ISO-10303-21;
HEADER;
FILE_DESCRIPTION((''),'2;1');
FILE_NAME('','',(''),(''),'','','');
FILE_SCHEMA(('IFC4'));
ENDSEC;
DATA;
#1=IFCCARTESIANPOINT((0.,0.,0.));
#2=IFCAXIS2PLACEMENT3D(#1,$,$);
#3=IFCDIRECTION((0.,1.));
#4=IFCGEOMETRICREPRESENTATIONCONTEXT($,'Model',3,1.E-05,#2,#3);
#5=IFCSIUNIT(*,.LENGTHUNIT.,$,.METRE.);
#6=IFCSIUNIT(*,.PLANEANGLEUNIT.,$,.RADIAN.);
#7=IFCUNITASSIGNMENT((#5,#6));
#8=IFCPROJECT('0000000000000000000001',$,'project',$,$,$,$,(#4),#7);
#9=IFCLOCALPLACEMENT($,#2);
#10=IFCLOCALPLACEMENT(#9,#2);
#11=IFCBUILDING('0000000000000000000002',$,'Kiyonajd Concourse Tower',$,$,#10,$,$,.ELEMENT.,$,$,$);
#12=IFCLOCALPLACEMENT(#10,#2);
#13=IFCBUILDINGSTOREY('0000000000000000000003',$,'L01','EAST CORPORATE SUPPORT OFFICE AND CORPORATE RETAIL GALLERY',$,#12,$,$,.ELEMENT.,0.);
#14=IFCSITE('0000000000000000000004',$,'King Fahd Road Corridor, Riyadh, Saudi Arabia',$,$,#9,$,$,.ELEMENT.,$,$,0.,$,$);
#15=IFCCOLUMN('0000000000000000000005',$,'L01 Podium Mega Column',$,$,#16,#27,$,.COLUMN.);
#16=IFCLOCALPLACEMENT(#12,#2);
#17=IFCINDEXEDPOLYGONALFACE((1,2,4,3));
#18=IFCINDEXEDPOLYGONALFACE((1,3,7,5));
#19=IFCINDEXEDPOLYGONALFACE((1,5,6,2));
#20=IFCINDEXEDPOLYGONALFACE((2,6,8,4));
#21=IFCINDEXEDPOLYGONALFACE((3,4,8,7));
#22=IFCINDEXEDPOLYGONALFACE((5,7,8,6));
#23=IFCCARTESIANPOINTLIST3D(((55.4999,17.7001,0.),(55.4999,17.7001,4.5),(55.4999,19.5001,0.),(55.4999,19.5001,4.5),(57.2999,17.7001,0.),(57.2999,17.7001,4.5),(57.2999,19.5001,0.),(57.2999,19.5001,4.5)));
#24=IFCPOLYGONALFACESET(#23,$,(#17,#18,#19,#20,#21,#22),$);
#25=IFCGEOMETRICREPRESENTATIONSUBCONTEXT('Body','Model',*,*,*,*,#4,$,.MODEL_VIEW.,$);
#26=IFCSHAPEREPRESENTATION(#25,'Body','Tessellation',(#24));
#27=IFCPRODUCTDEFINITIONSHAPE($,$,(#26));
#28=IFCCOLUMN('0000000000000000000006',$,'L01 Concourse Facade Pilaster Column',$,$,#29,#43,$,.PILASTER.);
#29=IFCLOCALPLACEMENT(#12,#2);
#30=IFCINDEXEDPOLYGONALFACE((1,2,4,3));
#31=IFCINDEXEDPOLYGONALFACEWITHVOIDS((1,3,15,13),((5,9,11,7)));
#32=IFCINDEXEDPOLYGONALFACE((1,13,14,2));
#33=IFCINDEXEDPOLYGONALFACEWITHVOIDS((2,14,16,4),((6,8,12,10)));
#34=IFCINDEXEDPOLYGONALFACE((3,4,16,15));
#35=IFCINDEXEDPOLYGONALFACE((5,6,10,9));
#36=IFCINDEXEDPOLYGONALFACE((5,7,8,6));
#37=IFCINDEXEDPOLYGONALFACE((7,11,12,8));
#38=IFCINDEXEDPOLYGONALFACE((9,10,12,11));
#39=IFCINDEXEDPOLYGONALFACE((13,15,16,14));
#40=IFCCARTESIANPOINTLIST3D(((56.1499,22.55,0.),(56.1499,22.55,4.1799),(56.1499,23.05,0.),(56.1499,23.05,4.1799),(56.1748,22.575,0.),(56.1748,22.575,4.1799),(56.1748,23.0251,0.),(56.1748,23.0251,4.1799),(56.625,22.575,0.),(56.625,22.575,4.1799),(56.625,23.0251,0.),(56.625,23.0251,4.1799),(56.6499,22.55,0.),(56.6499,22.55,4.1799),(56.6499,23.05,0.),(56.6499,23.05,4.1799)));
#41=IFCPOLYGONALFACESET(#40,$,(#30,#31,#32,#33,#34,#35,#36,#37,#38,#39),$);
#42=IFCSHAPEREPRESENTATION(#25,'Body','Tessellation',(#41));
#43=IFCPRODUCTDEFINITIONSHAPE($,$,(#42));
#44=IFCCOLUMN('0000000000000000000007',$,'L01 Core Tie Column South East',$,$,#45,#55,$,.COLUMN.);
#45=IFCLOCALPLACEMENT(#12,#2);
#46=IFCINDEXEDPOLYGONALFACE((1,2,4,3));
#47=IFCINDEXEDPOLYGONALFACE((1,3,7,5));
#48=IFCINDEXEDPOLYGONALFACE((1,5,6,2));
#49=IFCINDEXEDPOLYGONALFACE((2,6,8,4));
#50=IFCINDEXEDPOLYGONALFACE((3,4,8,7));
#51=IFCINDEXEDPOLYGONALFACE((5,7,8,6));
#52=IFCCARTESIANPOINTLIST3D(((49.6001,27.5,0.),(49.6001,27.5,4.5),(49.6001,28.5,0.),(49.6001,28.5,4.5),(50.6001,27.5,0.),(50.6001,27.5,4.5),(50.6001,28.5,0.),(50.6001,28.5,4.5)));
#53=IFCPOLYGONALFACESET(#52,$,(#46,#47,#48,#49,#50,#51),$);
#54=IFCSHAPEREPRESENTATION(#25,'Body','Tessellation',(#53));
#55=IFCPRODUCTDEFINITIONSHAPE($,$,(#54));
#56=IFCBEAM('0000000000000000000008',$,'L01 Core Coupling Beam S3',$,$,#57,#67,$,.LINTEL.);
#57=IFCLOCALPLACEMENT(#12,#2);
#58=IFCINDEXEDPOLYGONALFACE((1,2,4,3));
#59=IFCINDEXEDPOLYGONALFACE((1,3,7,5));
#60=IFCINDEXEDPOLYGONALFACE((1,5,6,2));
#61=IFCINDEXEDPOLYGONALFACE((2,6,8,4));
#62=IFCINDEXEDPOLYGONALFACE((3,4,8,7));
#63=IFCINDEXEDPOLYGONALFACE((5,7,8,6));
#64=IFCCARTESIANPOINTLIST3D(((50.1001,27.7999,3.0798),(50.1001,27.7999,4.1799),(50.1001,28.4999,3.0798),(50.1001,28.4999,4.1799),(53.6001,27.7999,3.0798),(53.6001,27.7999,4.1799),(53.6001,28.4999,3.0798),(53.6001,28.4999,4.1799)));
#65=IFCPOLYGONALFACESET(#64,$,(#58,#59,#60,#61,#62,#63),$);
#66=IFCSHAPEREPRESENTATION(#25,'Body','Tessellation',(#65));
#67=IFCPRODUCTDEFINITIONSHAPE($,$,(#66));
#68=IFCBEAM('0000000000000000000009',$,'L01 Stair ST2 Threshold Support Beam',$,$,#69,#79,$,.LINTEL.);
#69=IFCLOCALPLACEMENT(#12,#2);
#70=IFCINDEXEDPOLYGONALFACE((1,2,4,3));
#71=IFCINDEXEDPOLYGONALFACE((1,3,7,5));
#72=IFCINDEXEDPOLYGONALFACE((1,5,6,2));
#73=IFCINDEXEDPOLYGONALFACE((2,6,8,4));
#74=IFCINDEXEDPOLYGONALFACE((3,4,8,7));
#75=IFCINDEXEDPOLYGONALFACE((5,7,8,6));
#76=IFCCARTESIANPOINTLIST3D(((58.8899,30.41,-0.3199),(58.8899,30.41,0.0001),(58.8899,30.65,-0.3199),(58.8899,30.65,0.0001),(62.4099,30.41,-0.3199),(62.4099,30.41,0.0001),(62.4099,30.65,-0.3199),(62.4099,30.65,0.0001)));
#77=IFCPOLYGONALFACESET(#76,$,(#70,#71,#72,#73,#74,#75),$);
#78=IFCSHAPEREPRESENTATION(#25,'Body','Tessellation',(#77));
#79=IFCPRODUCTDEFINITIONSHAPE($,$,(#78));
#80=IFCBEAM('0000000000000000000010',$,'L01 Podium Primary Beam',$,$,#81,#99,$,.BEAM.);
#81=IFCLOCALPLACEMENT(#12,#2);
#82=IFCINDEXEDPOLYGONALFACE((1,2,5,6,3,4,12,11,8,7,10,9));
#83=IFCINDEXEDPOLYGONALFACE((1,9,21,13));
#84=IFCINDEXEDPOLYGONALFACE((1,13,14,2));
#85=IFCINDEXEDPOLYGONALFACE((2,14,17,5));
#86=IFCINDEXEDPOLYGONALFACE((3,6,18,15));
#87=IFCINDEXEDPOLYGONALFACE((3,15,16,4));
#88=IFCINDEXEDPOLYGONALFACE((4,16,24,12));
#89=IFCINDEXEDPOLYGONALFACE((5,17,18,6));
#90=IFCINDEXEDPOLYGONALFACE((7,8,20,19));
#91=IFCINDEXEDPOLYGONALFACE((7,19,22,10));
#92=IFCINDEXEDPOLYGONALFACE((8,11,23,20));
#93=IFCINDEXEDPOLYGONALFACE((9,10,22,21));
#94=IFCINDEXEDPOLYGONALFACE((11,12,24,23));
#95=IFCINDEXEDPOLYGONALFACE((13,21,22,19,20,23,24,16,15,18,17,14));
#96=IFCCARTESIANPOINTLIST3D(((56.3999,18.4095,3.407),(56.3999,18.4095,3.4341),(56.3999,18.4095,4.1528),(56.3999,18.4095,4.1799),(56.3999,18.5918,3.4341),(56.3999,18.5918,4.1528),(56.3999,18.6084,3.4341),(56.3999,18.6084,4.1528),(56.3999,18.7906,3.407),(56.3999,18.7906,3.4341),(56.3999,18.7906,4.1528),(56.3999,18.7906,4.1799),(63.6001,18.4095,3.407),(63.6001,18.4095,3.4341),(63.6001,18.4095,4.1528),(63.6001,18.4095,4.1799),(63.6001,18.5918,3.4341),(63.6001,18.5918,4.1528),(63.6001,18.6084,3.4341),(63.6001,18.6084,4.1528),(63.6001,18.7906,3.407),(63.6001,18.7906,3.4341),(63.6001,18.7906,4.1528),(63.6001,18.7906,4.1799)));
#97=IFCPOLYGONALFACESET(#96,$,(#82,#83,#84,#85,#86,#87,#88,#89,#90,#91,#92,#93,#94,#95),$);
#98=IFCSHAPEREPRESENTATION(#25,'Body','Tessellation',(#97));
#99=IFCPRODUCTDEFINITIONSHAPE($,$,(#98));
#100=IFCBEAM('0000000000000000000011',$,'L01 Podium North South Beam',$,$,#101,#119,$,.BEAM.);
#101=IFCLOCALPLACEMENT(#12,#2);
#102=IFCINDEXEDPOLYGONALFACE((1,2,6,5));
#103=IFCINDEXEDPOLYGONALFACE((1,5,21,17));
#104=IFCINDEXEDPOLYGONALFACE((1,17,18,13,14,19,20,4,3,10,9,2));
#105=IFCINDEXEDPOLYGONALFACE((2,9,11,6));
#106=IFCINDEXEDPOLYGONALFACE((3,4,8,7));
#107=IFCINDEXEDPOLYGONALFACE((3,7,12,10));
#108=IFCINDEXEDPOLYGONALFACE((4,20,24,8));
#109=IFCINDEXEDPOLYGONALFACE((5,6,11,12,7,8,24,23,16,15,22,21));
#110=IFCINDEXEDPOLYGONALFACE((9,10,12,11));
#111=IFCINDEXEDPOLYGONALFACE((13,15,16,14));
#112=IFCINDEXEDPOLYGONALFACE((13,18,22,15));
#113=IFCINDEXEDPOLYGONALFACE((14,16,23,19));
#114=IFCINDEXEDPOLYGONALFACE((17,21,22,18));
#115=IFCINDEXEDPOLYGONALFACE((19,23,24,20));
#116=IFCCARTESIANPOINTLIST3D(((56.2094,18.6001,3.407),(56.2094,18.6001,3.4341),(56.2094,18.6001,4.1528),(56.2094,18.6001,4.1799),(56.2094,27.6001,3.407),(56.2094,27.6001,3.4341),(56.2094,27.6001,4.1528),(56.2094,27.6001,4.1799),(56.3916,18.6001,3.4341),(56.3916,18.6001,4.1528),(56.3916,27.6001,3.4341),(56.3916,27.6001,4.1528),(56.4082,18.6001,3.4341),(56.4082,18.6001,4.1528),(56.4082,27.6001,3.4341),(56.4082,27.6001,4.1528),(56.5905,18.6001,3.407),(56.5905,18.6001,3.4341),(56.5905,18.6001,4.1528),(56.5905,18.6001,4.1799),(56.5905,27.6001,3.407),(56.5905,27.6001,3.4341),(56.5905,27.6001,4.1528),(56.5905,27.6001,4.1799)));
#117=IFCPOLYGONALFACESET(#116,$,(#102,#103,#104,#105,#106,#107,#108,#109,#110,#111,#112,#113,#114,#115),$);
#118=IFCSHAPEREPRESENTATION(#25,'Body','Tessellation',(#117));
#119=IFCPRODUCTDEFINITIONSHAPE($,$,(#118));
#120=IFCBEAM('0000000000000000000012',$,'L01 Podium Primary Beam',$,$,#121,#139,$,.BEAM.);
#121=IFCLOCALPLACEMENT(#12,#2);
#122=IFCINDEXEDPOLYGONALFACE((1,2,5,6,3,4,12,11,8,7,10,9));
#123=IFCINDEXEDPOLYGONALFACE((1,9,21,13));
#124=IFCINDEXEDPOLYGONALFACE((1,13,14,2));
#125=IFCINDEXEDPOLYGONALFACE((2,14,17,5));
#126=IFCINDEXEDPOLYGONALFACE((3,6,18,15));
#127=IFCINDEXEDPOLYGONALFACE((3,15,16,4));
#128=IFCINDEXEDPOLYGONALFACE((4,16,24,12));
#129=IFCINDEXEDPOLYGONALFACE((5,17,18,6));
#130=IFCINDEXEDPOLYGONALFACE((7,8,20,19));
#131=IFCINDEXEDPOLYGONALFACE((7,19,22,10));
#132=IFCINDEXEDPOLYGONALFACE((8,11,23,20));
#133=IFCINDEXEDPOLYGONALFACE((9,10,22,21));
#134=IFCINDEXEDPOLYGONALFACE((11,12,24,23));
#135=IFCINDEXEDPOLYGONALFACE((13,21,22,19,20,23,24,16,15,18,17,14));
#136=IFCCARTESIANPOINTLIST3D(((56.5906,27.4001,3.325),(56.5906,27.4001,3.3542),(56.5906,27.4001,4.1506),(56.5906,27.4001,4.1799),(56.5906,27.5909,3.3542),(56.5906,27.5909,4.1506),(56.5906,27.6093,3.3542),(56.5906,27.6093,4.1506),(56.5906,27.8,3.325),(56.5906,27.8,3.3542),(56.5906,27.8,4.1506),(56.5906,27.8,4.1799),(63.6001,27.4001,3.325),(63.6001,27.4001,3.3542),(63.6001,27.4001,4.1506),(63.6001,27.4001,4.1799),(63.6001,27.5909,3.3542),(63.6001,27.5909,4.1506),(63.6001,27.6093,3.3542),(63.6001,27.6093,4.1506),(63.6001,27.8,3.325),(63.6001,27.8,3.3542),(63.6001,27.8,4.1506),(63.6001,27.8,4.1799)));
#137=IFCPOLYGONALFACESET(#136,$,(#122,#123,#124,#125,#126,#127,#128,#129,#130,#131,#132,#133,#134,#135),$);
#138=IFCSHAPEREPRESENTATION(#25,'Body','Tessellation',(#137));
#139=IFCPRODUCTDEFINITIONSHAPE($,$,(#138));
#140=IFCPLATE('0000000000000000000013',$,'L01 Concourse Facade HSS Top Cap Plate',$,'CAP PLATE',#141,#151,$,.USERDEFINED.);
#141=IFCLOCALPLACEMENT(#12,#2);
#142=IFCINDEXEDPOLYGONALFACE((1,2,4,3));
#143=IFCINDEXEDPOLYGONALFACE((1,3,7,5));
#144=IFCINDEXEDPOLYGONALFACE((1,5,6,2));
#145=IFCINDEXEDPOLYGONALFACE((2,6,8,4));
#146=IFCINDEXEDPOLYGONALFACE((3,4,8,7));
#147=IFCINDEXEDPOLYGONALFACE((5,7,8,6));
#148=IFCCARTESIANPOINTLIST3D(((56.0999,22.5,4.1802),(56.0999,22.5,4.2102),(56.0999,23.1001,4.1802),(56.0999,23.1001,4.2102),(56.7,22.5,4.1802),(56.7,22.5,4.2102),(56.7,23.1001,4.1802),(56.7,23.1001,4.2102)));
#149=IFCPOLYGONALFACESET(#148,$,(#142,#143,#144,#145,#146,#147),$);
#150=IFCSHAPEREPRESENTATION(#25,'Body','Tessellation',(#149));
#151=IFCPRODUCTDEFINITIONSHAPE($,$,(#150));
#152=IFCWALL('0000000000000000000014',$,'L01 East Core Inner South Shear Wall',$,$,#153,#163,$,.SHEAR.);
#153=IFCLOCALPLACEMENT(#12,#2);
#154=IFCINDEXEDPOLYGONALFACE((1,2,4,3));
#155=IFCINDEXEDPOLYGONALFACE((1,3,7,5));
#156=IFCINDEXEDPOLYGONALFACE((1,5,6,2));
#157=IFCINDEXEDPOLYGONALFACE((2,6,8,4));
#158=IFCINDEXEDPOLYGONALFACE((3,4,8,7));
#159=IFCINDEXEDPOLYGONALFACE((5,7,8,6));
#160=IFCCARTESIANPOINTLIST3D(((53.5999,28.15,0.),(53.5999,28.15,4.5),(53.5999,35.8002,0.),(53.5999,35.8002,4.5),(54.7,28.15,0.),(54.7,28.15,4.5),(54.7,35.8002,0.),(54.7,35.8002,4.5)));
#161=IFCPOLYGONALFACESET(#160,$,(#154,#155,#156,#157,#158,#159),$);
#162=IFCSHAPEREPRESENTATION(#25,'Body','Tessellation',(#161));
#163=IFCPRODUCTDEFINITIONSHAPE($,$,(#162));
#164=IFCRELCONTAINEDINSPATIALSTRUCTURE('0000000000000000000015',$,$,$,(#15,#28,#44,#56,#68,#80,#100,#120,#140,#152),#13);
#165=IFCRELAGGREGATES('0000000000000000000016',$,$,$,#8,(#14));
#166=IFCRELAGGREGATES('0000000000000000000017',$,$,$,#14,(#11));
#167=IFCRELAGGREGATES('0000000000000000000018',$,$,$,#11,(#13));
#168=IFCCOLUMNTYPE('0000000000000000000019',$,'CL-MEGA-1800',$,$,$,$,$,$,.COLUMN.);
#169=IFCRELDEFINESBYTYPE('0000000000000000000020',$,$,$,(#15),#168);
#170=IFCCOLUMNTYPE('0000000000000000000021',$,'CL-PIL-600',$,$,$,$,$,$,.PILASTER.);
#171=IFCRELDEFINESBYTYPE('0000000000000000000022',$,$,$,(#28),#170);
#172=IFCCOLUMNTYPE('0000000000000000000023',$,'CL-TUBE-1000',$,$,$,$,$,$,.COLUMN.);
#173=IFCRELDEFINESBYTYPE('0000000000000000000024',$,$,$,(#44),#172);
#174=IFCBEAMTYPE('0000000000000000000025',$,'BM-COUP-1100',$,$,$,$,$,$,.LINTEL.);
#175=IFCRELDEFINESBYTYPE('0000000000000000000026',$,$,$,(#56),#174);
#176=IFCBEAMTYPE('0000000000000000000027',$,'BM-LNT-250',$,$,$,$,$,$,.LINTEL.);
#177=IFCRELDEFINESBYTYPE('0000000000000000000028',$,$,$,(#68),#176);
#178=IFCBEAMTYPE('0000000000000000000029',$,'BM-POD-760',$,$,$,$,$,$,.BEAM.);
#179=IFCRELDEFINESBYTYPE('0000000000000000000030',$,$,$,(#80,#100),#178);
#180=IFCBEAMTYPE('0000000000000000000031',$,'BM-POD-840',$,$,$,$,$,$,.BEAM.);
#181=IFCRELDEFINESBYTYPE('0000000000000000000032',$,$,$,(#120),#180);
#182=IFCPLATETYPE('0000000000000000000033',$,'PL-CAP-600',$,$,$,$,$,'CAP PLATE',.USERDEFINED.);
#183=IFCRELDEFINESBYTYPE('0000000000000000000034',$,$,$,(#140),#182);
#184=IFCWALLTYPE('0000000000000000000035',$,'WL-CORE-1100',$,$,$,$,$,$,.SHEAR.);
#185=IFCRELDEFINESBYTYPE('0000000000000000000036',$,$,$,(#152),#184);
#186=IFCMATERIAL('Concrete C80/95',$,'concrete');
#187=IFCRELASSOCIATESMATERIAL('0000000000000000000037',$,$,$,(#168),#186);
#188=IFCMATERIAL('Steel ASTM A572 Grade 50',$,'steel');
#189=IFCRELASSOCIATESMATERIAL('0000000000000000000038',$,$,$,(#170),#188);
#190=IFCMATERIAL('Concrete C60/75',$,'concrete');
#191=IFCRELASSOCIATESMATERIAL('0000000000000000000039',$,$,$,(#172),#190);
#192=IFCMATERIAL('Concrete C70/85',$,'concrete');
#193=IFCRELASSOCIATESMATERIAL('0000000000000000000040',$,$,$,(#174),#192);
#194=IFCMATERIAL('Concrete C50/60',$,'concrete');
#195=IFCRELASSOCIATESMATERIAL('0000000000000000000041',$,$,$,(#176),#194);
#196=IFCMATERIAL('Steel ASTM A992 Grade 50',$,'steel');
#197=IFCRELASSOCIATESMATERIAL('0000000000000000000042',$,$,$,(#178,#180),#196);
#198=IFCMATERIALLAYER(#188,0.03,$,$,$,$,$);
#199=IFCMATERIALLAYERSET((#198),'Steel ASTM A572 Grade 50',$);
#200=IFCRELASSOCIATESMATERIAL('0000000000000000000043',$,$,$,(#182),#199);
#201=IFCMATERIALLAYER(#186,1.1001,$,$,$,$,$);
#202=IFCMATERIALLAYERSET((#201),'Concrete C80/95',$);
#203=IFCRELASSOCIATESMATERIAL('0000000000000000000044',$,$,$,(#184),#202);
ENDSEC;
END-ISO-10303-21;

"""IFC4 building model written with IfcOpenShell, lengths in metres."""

from ifc_helpers import new_model, si_unit, direction, frame, frame_2d, origin, origin_2d, place, context, subcontext, project, spatial, rectangle, hollow_rectangle, i_section, extrude, material, layer, layer_set, material_profile, profile_set, type_object, element, save


model = new_model("IFC4")

# Units and contexts
model_context = context("Model", 3, precision=1e-05, world=origin(), true_north=direction((0.0, 1.0)))
body_context = subcontext(model_context, "Body", "Model", "MODEL_VIEW")
ifc_project = project(units=[si_unit("LENGTHUNIT", "METRE"), si_unit("PLANEANGLEUNIT", "RADIAN")], contexts=[model_context])

# Site, building, storey
site_placement = place(None, origin())
site = spatial("IfcSite", under=ifc_project, at=site_placement, Name="King Fahd Road Corridor, Riyadh, Saudi Arabia", CompositionType="ELEMENT", RefElevation=0.0)
building_placement = place(site_placement, origin())
building = spatial("IfcBuilding", under=site, at=building_placement, Name="Kiyonajd Concourse Tower", CompositionType="ELEMENT")
storey_placement = place(building_placement, origin())
storey = spatial("IfcBuildingStorey", under=building, at=storey_placement, Name="L01", Description="EAST CORPORATE SUPPORT OFFICE AND CORPORATE RETAIL GALLERY", CompositionType="ELEMENT", Elevation=0.0)

# Columns
ifc_material_1 = material(Name="Concrete C80/95", Category="concrete")
ifc_material_profile_1 = material_profile(ifc_material_1, rectangle(XDim=1.8, YDim=1.8, at=origin_2d()), Name="RC-1800x1800")
ifc_profile_set_1 = profile_set([ifc_material_profile_1], Name="Concrete C80/95")
column_type_1 = type_object("IfcColumnType", Name="CL-MEGA-1800", PredefinedType="COLUMN", material=ifc_profile_set_1)
column_1_placement = place(storey_placement, frame((56.3999, 18.6001, 0.0), z_axis=(0.0, 0.0, 1.0), x_axis=(1.0, 0.0, 0.0)))
element("IfcColumn", 1, at=column_1_placement, inside=storey, type_object=column_type_1, Name="L01 Podium Mega Column", PredefinedType="COLUMN", context=body_context, shape_type="SweptSolid", body=[
    extrude(rectangle(XDim=1.8, YDim=1.8, at=origin_2d()), origin(), (0.0, 0.0, 1.0), 4.5),
])
ifc_material_2 = material(Name="Steel ASTM A572 Grade 50", Category="steel")
ifc_material_profile_2 = material_profile(ifc_material_2, hollow_rectangle(XDim=0.5, YDim=0.5, WallThickness=0.0249, at=origin_2d()), Name="HSS-500x500x25")
ifc_profile_set_2 = profile_set([ifc_material_profile_2], Name="Steel ASTM A572 Grade 50")
column_type_2 = type_object("IfcColumnType", Name="CL-PIL-600", PredefinedType="PILASTER", material=ifc_profile_set_2)
column_2_placement = place(storey_placement, frame((56.3999, 22.8, 0.0), z_axis=(0.0, 0.0, 1.0), x_axis=(1.0, 0.0, 0.0)))
element("IfcColumn", 2, at=column_2_placement, inside=storey, type_object=column_type_2, Name="L01 Concourse Facade Pilaster Column", PredefinedType="PILASTER", context=body_context, shape_type="SweptSolid", body=[
    extrude(hollow_rectangle(XDim=0.5, YDim=0.5, WallThickness=0.0249, at=origin_2d()), origin(), (0.0, 0.0, 1.0), 4.1799),
])
ifc_material_3 = material(Name="Concrete C60/75", Category="concrete")
ifc_material_profile_3 = material_profile(ifc_material_3, rectangle(XDim=1.0, YDim=1.0, at=origin_2d()), Name="RC-1000x1000")
ifc_profile_set_3 = profile_set([ifc_material_profile_3], Name="Concrete C60/75")
column_type_3 = type_object("IfcColumnType", Name="CL-TUBE-1000", PredefinedType="COLUMN", material=ifc_profile_set_3)
column_3_placement = place(storey_placement, frame((50.1001, 28.0, 0.0), z_axis=(0.0, 0.0, 1.0), x_axis=(1.0, 0.0, 0.0)))
element("IfcColumn", 3, at=column_3_placement, inside=storey, type_object=column_type_3, Name="L01 Core Tie Column South East", PredefinedType="COLUMN", context=body_context, shape_type="SweptSolid", body=[
    extrude(rectangle(XDim=1.0, YDim=1.0, at=origin_2d()), origin(), (0.0, 0.0, 1.0), 4.5),
])

# Beams
ifc_material_4 = material(Name="Concrete C70/85", Category="concrete")
ifc_material_profile_4 = material_profile(ifc_material_4, rectangle(XDim=0.7, YDim=1.1001, at=origin_2d()), Name="RCBM-700x1100")
ifc_profile_set_4 = profile_set([ifc_material_profile_4], Name="Concrete C70/85")
beam_type_1 = type_object("IfcBeamType", Name="BM-COUP-1100", PredefinedType="LINTEL", material=ifc_profile_set_4)
beam_1_placement = place(storey_placement, frame((50.1001, 28.1499, 3.6299), z_axis=(1.0, 0.0, 0.0), x_axis=(0.0, 1.0, 0.0)))
element("IfcBeam", 4, at=beam_1_placement, inside=storey, type_object=beam_type_1, Name="L01 Core Coupling Beam S3", PredefinedType="LINTEL", context=body_context, shape_type="SweptSolid", body=[
    extrude(rectangle(XDim=0.7, YDim=1.1001, at=origin_2d()), origin(), (0.0, 0.0, 1.0), 3.5),
])
ifc_material_5 = material(Name="Concrete C50/60", Category="concrete")
ifc_material_profile_5 = material_profile(ifc_material_5, rectangle(XDim=0.24, YDim=0.3201, at=origin_2d()), Name="RCBM-240x320")
ifc_profile_set_5 = profile_set([ifc_material_profile_5], Name="Concrete C50/60")
beam_type_2 = type_object("IfcBeamType", Name="BM-LNT-250", PredefinedType="LINTEL", material=ifc_profile_set_5)
beam_2_placement = place(storey_placement, frame((58.8899, 30.53, -0.1599), z_axis=(1.0, 0.0, 0.0), x_axis=(0.0, 1.0, 0.0)))
element("IfcBeam", 5, at=beam_2_placement, inside=storey, type_object=beam_type_2, Name="L01 Stair ST2 Threshold Support Beam", PredefinedType="LINTEL", context=body_context, shape_type="SweptSolid", body=[
    extrude(rectangle(XDim=0.24, YDim=0.3201, at=origin_2d()), origin(), (0.0, 0.0, 1.0), 3.52),
])
ifc_material_6 = material(Name="Steel ASTM A992 Grade 50", Category="steel")
ifc_material_profile_6 = material_profile(ifc_material_6, i_section(OverallWidth=0.3811, OverallDepth=0.7729, WebThickness=0.0166, FlangeThickness=0.0271, at=origin_2d()), Name="W760X257")
ifc_profile_set_6 = profile_set([ifc_material_profile_6], Name="Steel ASTM A992 Grade 50")
beam_type_3 = type_object("IfcBeamType", Name="BM-POD-760", PredefinedType="BEAM", material=ifc_profile_set_6)
beam_3_placement = place(storey_placement, frame((56.3999, 18.6001, 3.7935), z_axis=(1.0, 0.0, 0.0), x_axis=(0.0, 1.0, 0.0)))
element("IfcBeam", 6, at=beam_3_placement, inside=storey, type_object=beam_type_3, Name="L01 Podium Primary Beam", PredefinedType="BEAM", context=body_context, shape_type="SweptSolid", body=[
    extrude(i_section(OverallWidth=0.3811, OverallDepth=0.7729, WebThickness=0.0166, FlangeThickness=0.0271, at=origin_2d()), origin(), (0.0, 0.0, 1.0), 7.2002),
])
beam_4_placement = place(storey_placement, frame((56.3999, 18.6001, 3.7935), z_axis=(0.0, 1.0, 0.0), x_axis=(-1.0, 0.0, 0.0)))
element("IfcBeam", 7, at=beam_4_placement, inside=storey, type_object=beam_type_3, Name="L01 Podium North South Beam", PredefinedType="BEAM", context=body_context, shape_type="SweptSolid", body=[
    extrude(i_section(OverallWidth=0.3811, OverallDepth=0.7729, WebThickness=0.0166, FlangeThickness=0.0271, at=origin_2d()), origin(), (0.0, 0.0, 1.0), 9.0),
])
ifc_material_profile_7 = material_profile(ifc_material_6, i_section(OverallWidth=0.3999, OverallDepth=0.855, WebThickness=0.0183, FlangeThickness=0.0293, at=origin_2d()), Name="W840X299")
ifc_profile_set_7 = profile_set([ifc_material_profile_7], Name="Steel ASTM A992 Grade 50")
beam_type_4 = type_object("IfcBeamType", Name="BM-POD-840", PredefinedType="BEAM", material=ifc_profile_set_7)
beam_5_placement = place(storey_placement, frame((56.5906, 27.6001, 3.7524), z_axis=(1.0, 0.0, 0.0), x_axis=(0.0, 1.0, 0.0)))
element("IfcBeam", 8, at=beam_5_placement, inside=storey, type_object=beam_type_4, Name="L01 Podium Primary Beam", PredefinedType="BEAM", context=body_context, shape_type="SweptSolid", body=[
    extrude(i_section(OverallWidth=0.3999, OverallDepth=0.855, WebThickness=0.0183, FlangeThickness=0.0293, at=origin_2d()), origin(), (0.0, 0.0, 1.0), 7.0095),
])

# Plate
ifc_layer_1 = layer(ifc_material_2, 0.03)
ifc_layer_set_1 = layer_set([ifc_layer_1], Name="Steel ASTM A572 Grade 50")
plate_type = type_object("IfcPlateType", Name="PL-CAP-600", ElementType="CAP PLATE", PredefinedType="USERDEFINED", material=ifc_layer_set_1)
plate_placement = place(storey_placement, frame((56.3999, 22.8, 4.1802), z_axis=(0.0, 0.0, 1.0), x_axis=(1.0, 0.0, 0.0)))
element("IfcPlate", 9, at=plate_placement, inside=storey, type_object=plate_type, Name="L01 Concourse Facade HSS Top Cap Plate", ObjectType="CAP PLATE", PredefinedType="USERDEFINED", context=body_context, shape_type="SweptSolid", body=[
    extrude(rectangle(XDim=0.6001, YDim=0.6001, at=origin_2d()), origin(), (0.0, 0.0, 1.0), 0.03),
])

# Wall
ifc_layer_2 = layer(ifc_material_1, 1.1001)
ifc_layer_set_2 = layer_set([ifc_layer_2], Name="Concrete C80/95")
wall_type_1 = type_object("IfcWallType", Name="WL-CORE-1100", PredefinedType="SHEAR", material=ifc_layer_set_2)
wall_1_placement = place(storey_placement, frame((54.1499, 28.1499, 0.0), z_axis=(0.0, 0.0, 1.0), x_axis=(0.0, 1.0, 0.0)))
element("IfcWall", 10, at=wall_1_placement, inside=storey, type_object=wall_type_1, Name="L01 East Core Inner South Shear Wall", PredefinedType="SHEAR", context=body_context, shape_type="SweptSolid", body=[
    extrude(rectangle(XDim=7.6501, YDim=1.1001, at=frame_2d((3.8252, 0.0))), origin(), (0.0, 0.0, 1.0), 4.5),
])

save(model, "model.ifc")
